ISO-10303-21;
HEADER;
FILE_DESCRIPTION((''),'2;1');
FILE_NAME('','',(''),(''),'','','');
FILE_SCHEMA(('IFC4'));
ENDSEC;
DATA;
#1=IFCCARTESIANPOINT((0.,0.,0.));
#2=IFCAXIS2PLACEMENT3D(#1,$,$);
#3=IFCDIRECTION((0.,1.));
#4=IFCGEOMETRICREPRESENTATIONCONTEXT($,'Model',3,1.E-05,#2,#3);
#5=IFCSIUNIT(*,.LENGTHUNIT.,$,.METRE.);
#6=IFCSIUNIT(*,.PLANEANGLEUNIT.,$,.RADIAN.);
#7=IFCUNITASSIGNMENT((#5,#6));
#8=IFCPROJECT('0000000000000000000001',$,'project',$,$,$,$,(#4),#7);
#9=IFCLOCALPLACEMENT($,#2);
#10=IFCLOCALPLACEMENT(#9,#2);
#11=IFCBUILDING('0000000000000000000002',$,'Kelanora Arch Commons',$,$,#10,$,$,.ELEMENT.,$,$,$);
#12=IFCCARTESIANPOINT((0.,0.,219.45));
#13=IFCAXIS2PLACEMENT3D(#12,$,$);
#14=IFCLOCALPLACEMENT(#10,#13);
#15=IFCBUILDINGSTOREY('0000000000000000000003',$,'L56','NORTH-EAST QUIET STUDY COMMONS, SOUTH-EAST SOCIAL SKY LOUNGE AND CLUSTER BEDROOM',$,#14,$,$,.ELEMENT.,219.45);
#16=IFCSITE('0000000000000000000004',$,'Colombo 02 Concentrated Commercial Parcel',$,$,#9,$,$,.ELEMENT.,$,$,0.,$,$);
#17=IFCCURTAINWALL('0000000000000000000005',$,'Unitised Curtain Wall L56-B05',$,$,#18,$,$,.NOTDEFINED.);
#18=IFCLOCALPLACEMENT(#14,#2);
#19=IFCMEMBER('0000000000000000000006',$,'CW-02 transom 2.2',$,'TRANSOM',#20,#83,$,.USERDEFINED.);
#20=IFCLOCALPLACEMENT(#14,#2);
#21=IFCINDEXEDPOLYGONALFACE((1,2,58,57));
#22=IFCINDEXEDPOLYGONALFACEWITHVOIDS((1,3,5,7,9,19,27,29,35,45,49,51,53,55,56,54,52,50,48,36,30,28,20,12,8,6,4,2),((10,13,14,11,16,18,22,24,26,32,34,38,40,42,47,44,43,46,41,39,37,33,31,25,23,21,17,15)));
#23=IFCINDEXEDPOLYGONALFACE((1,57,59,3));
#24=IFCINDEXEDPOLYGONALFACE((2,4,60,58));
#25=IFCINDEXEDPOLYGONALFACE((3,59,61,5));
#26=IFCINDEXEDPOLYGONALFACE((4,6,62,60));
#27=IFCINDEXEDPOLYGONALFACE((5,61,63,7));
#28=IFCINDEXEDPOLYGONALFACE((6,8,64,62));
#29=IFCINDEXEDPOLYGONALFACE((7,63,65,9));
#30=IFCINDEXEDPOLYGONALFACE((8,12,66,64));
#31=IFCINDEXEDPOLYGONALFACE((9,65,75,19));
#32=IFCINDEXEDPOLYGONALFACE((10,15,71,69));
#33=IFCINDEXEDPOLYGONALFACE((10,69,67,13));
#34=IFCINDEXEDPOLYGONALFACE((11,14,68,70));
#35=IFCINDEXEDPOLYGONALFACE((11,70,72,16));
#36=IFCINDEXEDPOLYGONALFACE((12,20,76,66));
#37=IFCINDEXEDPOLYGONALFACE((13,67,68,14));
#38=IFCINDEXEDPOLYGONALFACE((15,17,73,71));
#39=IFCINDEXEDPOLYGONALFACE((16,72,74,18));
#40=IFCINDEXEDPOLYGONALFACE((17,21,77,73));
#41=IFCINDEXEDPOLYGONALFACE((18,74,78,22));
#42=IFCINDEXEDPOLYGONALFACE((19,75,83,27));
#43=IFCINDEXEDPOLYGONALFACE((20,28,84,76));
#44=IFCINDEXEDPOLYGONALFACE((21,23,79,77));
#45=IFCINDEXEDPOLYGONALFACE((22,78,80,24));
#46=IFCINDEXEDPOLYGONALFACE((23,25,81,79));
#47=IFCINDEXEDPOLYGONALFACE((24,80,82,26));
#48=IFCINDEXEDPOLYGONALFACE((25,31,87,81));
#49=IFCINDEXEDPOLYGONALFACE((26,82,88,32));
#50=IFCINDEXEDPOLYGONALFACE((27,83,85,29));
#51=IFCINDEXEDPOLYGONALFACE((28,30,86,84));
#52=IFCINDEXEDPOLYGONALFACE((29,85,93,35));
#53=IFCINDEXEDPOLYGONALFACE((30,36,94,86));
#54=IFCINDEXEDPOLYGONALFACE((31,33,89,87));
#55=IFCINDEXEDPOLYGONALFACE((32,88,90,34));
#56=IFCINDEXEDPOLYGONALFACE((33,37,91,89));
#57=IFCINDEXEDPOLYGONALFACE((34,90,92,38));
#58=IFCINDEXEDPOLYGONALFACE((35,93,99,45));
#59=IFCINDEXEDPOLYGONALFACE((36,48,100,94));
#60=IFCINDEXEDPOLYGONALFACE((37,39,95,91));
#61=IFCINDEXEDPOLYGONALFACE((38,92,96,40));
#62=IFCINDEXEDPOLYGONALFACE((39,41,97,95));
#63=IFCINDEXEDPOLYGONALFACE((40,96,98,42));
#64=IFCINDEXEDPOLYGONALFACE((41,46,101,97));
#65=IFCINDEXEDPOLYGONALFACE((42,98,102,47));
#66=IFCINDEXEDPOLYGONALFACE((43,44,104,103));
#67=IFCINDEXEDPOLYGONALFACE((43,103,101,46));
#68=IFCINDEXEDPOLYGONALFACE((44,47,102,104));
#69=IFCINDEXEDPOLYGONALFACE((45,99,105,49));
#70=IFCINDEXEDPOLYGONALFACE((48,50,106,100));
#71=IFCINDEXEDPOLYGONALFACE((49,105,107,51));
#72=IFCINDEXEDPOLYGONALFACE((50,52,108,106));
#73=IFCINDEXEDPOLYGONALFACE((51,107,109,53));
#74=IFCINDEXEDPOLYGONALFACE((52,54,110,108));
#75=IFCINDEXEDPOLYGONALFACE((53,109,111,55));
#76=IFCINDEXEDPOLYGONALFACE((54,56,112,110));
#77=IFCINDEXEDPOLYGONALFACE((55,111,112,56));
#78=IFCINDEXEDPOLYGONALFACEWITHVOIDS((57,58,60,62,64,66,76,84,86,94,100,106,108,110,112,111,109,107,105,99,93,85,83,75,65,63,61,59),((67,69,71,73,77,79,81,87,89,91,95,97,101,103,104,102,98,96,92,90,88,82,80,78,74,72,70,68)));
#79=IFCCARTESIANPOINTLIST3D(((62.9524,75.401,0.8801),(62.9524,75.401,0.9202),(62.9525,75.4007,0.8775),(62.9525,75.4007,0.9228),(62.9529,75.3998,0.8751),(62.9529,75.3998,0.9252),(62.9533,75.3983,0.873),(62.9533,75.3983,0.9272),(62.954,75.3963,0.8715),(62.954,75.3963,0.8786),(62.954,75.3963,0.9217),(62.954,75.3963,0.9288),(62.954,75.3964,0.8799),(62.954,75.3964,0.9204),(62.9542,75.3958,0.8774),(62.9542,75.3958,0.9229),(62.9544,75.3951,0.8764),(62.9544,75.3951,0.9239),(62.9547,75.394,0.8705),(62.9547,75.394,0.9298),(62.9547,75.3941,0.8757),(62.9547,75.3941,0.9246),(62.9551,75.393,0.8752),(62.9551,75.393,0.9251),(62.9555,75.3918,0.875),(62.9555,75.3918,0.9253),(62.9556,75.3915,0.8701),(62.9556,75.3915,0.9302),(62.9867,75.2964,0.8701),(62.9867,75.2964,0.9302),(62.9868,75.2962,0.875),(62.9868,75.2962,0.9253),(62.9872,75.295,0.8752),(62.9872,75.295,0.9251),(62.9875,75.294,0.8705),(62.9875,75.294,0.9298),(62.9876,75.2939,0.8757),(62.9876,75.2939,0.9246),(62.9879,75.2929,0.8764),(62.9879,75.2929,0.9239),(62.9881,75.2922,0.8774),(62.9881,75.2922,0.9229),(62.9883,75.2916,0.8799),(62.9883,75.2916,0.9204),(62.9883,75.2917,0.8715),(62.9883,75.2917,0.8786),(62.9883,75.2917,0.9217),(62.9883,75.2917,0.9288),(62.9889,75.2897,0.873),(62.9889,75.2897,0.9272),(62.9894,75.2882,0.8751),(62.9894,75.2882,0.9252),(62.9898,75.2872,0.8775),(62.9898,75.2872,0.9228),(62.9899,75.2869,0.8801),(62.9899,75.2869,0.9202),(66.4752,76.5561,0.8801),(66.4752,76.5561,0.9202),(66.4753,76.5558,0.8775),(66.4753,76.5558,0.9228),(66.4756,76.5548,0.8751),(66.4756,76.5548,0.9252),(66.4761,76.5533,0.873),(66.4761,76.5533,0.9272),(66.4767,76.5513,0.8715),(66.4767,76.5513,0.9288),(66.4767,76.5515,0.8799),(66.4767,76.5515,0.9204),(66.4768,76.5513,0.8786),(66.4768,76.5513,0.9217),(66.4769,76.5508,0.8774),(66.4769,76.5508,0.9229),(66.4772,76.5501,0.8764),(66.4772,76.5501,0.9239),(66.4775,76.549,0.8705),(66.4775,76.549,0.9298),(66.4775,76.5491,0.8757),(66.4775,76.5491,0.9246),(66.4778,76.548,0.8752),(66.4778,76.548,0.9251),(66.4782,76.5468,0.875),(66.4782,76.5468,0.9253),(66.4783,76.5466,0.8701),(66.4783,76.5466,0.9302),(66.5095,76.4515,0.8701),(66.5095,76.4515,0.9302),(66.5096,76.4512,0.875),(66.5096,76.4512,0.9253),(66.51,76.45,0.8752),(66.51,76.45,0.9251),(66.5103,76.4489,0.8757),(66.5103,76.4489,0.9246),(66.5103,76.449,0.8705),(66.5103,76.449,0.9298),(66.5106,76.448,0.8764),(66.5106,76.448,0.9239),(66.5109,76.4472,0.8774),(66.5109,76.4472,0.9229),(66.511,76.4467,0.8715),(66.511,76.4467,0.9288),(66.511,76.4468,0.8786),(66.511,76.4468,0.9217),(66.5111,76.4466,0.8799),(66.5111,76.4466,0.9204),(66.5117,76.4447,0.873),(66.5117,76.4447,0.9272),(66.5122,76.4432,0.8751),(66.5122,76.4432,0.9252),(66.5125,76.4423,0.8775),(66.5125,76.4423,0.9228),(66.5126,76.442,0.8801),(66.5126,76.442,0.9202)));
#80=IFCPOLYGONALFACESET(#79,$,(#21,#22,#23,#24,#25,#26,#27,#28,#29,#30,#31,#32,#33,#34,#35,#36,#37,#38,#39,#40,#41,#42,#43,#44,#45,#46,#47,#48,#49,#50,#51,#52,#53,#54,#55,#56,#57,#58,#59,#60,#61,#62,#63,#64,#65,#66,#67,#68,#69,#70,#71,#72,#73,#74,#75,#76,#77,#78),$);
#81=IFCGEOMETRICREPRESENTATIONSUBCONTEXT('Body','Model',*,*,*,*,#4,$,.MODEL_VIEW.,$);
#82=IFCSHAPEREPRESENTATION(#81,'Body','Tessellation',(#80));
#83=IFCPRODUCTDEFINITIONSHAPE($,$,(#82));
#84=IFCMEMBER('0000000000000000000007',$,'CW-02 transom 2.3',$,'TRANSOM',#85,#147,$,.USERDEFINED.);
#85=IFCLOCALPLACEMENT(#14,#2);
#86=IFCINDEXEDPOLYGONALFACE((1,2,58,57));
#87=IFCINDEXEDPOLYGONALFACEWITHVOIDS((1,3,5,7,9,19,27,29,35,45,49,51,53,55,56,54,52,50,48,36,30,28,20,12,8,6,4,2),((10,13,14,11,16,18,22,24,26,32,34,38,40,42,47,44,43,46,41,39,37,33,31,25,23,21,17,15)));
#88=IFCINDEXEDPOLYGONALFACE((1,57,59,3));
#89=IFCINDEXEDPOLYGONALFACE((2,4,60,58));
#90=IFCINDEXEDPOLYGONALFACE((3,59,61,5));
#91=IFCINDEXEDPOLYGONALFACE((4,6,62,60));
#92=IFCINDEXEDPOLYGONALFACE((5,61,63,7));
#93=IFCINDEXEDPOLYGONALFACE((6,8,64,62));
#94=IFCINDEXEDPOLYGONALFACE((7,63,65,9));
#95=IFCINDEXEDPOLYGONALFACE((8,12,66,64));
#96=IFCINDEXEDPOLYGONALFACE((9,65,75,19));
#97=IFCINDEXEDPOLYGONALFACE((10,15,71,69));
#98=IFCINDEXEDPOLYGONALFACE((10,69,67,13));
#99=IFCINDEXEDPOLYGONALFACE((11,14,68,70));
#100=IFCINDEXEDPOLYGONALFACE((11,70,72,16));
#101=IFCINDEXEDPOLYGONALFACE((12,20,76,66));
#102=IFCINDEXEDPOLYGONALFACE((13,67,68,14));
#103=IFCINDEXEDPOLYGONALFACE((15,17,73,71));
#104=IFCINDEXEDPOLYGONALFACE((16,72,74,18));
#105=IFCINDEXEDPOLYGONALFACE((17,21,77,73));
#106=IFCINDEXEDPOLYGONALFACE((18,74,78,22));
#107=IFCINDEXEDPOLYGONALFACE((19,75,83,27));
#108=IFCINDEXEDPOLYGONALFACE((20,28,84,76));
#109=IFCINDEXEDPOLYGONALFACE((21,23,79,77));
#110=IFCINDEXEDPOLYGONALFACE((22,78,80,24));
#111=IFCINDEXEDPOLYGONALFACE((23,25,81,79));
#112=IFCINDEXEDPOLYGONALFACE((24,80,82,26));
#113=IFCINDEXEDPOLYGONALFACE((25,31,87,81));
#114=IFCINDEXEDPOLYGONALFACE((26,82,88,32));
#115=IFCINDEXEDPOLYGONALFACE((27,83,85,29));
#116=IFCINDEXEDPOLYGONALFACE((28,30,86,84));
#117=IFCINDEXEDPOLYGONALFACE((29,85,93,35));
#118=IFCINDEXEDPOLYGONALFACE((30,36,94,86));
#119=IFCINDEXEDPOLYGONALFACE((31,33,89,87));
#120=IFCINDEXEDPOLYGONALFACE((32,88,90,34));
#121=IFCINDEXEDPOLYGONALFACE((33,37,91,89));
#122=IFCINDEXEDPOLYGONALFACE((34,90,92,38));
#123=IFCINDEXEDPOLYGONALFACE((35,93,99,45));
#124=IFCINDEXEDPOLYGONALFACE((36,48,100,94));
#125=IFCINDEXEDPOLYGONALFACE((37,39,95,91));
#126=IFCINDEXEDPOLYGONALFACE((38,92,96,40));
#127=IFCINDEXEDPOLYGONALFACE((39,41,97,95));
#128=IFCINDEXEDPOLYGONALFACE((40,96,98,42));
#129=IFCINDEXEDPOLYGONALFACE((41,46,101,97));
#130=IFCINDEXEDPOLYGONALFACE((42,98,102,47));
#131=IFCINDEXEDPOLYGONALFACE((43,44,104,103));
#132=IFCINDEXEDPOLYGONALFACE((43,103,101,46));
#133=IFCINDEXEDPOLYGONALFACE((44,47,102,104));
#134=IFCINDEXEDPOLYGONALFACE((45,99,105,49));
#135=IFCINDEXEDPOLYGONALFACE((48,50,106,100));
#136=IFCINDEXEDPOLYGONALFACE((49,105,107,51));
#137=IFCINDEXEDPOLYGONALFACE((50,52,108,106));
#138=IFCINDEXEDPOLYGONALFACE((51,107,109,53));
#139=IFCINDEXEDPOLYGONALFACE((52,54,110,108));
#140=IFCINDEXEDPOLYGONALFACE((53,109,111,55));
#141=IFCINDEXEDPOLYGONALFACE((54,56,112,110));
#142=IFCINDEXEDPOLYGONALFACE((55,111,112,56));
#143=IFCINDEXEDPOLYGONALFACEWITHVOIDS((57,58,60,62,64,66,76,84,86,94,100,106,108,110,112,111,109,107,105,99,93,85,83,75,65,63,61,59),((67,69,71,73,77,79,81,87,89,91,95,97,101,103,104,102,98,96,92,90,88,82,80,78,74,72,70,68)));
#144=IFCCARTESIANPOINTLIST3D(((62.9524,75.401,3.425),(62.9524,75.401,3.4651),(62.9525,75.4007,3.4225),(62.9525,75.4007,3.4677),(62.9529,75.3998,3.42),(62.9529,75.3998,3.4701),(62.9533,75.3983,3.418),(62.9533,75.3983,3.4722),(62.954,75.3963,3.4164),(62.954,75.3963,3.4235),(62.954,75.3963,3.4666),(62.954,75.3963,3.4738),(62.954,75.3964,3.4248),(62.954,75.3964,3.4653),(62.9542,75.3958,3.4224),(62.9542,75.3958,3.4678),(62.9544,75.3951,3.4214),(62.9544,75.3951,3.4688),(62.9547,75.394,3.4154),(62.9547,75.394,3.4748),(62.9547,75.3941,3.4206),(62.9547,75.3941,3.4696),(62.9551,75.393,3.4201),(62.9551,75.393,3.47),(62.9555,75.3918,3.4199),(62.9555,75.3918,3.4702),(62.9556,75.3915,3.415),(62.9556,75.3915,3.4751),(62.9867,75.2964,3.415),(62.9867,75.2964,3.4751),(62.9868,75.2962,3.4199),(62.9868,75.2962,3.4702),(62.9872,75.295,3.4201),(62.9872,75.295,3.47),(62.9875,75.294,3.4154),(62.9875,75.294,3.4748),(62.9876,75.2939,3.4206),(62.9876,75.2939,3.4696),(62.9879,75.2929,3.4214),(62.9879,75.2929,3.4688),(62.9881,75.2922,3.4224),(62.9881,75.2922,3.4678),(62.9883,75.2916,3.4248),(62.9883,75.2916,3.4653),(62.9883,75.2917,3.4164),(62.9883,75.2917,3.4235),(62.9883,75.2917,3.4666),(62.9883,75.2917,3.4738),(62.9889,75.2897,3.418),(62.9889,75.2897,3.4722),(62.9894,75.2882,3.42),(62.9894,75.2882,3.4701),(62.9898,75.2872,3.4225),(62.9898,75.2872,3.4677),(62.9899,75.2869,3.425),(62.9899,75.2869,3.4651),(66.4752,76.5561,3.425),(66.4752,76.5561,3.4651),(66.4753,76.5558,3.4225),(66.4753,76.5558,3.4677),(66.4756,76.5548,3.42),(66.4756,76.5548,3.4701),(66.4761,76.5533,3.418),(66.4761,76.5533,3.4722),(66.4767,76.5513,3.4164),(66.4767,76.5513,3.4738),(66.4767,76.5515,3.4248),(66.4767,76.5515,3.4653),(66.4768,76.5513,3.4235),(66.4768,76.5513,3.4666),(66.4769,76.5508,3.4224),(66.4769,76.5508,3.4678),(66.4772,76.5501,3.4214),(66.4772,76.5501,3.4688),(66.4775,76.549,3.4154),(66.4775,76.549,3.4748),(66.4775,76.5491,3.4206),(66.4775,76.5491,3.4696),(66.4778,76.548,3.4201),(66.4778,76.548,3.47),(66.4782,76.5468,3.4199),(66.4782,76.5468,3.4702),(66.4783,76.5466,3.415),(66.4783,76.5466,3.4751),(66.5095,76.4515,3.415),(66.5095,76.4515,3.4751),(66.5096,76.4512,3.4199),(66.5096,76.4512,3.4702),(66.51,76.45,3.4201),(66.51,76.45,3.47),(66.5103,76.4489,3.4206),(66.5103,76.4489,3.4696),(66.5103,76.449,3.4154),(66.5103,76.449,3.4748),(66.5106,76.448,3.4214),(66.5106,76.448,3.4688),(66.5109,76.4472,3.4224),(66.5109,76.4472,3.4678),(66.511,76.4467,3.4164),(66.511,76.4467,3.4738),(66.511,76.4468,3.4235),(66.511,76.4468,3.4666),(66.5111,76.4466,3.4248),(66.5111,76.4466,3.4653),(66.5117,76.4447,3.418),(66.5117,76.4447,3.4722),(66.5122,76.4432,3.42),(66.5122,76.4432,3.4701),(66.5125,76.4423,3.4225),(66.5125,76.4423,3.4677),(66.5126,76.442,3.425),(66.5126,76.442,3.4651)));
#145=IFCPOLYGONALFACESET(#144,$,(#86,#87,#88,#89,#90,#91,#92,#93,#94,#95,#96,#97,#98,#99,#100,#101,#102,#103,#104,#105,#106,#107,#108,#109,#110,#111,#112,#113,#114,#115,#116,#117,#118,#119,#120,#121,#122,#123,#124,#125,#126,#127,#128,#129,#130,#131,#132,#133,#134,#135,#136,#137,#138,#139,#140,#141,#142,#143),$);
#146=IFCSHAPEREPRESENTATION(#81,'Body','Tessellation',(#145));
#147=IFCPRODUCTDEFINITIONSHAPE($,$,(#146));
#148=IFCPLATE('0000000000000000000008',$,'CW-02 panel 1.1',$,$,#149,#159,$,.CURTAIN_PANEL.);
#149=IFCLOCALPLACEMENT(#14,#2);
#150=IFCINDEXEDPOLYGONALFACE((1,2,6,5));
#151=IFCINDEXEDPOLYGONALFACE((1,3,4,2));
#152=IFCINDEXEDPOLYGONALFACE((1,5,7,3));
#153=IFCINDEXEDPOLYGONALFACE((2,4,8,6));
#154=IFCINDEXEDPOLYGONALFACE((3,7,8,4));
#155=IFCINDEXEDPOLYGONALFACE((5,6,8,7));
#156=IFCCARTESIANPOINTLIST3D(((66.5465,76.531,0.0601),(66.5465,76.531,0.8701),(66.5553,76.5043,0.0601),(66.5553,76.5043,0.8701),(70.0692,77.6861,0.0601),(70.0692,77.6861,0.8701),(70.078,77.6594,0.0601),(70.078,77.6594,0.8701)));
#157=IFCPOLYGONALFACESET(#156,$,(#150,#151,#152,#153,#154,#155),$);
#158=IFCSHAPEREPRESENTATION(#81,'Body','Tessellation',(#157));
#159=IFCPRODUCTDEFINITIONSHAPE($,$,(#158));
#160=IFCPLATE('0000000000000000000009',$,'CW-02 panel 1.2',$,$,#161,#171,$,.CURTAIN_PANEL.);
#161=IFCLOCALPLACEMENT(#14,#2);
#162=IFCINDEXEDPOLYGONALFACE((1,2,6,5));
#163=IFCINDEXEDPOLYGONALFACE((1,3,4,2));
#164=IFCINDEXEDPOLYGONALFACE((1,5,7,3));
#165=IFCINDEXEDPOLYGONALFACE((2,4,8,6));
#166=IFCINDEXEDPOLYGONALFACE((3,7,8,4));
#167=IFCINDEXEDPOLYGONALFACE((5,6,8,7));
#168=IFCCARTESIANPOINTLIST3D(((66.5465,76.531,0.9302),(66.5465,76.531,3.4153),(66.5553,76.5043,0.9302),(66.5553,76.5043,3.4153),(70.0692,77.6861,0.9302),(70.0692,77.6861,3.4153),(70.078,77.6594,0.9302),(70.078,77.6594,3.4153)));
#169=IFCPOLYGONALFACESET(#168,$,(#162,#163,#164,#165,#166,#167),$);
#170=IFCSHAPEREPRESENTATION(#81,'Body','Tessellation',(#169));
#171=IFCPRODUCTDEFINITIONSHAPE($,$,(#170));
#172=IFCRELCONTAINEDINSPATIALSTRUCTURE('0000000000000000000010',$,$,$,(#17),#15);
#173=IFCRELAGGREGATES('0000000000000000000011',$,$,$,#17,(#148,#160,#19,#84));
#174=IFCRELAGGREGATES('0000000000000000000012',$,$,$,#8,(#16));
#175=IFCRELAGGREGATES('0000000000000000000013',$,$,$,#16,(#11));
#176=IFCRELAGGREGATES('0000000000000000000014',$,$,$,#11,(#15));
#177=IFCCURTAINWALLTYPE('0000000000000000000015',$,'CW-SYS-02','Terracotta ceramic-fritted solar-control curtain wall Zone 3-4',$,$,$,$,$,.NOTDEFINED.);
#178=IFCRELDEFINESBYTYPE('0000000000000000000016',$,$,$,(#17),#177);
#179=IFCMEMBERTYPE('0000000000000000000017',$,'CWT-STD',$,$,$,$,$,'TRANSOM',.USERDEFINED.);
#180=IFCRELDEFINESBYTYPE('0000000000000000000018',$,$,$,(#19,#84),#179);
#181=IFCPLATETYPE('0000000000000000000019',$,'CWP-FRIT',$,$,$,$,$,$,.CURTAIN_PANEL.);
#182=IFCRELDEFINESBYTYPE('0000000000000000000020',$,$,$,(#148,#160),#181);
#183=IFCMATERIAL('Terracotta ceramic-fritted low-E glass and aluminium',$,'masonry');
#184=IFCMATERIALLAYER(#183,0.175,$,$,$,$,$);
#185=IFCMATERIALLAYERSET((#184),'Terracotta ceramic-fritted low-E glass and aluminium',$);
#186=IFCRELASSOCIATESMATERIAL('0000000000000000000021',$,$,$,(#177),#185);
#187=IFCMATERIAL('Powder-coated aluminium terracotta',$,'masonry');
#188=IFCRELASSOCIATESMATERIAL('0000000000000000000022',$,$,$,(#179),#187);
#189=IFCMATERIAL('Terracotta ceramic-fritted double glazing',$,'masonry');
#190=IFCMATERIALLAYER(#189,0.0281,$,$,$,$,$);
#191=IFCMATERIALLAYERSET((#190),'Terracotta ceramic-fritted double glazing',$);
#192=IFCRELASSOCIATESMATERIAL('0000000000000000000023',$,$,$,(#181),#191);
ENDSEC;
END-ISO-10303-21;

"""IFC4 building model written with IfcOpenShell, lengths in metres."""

from ifc_helpers import new_model, si_unit, direction, frame, origin, origin_2d, place, context, subcontext, project, spatial, rectangle, hollow_rectangle, extrude, source, transform, mapped, material, layer, layer_set, material_profile, profile_set, type_object, element, aggregate, save


model = new_model("IFC4")

# Units and contexts
model_context = context("Model", 3, precision=1e-05, world=origin(), true_north=direction((0.0, 1.0)))
body_context = subcontext(model_context, "Body", "Model", "MODEL_VIEW")
ifc_project = project(units=[si_unit("LENGTHUNIT", "METRE"), si_unit("PLANEANGLEUNIT", "RADIAN")], contexts=[model_context])

# Site, building, storey
site_placement = place(None, origin())
site = spatial("IfcSite", under=ifc_project, at=site_placement, Name="Colombo 02 Concentrated Commercial Parcel", CompositionType="ELEMENT", RefElevation=0.0)
building_placement = place(site_placement, origin())
building = spatial("IfcBuilding", under=site, at=building_placement, Name="Kelanora Arch Commons", CompositionType="ELEMENT")
storey_placement = place(building_placement, frame((0.0, 0.0, 219.45)))
storey = spatial("IfcBuildingStorey", under=building, at=storey_placement, Name="L56", Description="NORTH-EAST QUIET STUDY COMMONS, SOUTH-EAST SOCIAL SKY LOUNGE AND CLUSTER BEDROOM", CompositionType="ELEMENT", Elevation=219.45)

# Curtain wall, members, plates
ifc_material_1 = material(Name="Terracotta ceramic-fritted low-E glass and aluminium", Category="masonry")
ifc_layer_1 = layer(ifc_material_1, 0.175)
ifc_layer_set_1 = layer_set([ifc_layer_1], Name="Terracotta ceramic-fritted low-E glass and aluminium")
curtain_wall_type = type_object("IfcCurtainWallType", Name="CW-SYS-02", Description="Terracotta ceramic-fritted solar-control curtain wall Zone 3-4", PredefinedType="NOTDEFINED", material=ifc_layer_set_1)
curtain_wall_placement = place(storey_placement, origin())
curtain_wall = element("IfcCurtainWall", 1, at=curtain_wall_placement, inside=storey, type_object=curtain_wall_type, Name="Unitised Curtain Wall L56-B05", PredefinedType="NOTDEFINED")
ifc_material_2 = material(Name="Powder-coated aluminium terracotta", Category="masonry")
ifc_material_profile_1 = material_profile(ifc_material_2, hollow_rectangle(XDim=0.1201, YDim=0.0601, WallThickness=0.0049, InnerFilletRadius=0.0049, OuterFilletRadius=0.01, at=origin_2d()), Name="CWT120x60")
ifc_profile_set_1 = profile_set([ifc_material_profile_1], Name="Powder-coated aluminium terracotta")
member_type_1 = type_object("IfcMemberType", Name="CWT-STD", ElementType="TRANSOM", PredefinedType="USERDEFINED", material=ifc_profile_set_1)
member_1_placement = place(storey_placement, frame((66.4939, 76.499, 0.9001), z_axis=(-0.950226, -0.311561, 0.0), x_axis=(0.311561, -0.950226, 0.0)))
member_1 = element("IfcMember", 2, at=member_1_placement, type_object=member_type_1, Name="CW-02 transom 2.2", ObjectType="TRANSOM", PredefinedType="USERDEFINED", context=body_context, shape_type="SweptSolid", body=[
    extrude(hollow_rectangle(XDim=0.1201, YDim=0.0601, WallThickness=0.0049, InnerFilletRadius=0.0049, OuterFilletRadius=0.01, at=origin_2d()), origin(), (0.0, 0.0, 1.0), 3.7073),
])
member_2_placement = place(storey_placement, frame((66.4939, 76.499, 3.4451), z_axis=(-0.950226, -0.311561, 0.0), x_axis=(0.311561, -0.950226, 0.0)))
member_2 = element("IfcMember", 3, at=member_2_placement, type_object=member_type_1, Name="CW-02 transom 2.3", ObjectType="TRANSOM", PredefinedType="USERDEFINED", context=body_context, shape_type="SweptSolid", body=[
    extrude(hollow_rectangle(XDim=0.1201, YDim=0.0601, WallThickness=0.0049, InnerFilletRadius=0.0049, OuterFilletRadius=0.01, at=origin_2d()), origin(), (0.0, 0.0, 1.0), 3.7073),
])
ifc_material_3 = material(Name="Terracotta ceramic-fritted double glazing", Category="masonry")
ifc_layer_2 = layer(ifc_material_3, 0.0281)
ifc_layer_set_2 = layer_set([ifc_layer_2], Name="Terracotta ceramic-fritted double glazing")
plate_type = type_object("IfcPlateType", Name="CWP-FRIT", PredefinedType="CURTAIN_PANEL", material=ifc_layer_set_2)
shared_shape_1 = source(origin(), body_context, "Body", "SweptSolid", [
    extrude(rectangle(XDim=3.7073, YDim=0.0281, at=origin_2d()), origin(), (0.0, 0.0, 1.0), 0.8101),
])
plate_1_placement = place(storey_placement, frame((68.3123, 77.0952, 0.0601), z_axis=(0.0, 0.0, 1.0), x_axis=(-0.950219, -0.311582, 0.0)))
plate_1 = element("IfcPlate", 4, at=plate_1_placement, type_object=plate_type, Name="CW-02 panel 1.1", PredefinedType="CURTAIN_PANEL", context=body_context, shape_type="MappedRepresentation", body=[
    mapped(shared_shape_1, transform((0.0, 0.0, 0.0), scale=1.0)),
])
shared_shape_2 = source(origin(), body_context, "Body", "SweptSolid", [
    extrude(rectangle(XDim=3.7073, YDim=0.0281, at=origin_2d()), origin(), (0.0, 0.0, 1.0), 2.4851),
])
plate_2_placement = place(storey_placement, frame((68.3123, 77.0952, 0.9302), z_axis=(0.0, 0.0, 1.0), x_axis=(-0.950219, -0.311582, 0.0)))
plate_2 = element("IfcPlate", 5, at=plate_2_placement, type_object=plate_type, Name="CW-02 panel 1.2", PredefinedType="CURTAIN_PANEL", context=body_context, shape_type="MappedRepresentation", body=[
    mapped(shared_shape_2, transform((0.0, 0.0, 0.0), scale=1.0)),
])
aggregate(curtain_wall, [plate_1, plate_2, member_1, member_2])

save(model, "model.ifc")
